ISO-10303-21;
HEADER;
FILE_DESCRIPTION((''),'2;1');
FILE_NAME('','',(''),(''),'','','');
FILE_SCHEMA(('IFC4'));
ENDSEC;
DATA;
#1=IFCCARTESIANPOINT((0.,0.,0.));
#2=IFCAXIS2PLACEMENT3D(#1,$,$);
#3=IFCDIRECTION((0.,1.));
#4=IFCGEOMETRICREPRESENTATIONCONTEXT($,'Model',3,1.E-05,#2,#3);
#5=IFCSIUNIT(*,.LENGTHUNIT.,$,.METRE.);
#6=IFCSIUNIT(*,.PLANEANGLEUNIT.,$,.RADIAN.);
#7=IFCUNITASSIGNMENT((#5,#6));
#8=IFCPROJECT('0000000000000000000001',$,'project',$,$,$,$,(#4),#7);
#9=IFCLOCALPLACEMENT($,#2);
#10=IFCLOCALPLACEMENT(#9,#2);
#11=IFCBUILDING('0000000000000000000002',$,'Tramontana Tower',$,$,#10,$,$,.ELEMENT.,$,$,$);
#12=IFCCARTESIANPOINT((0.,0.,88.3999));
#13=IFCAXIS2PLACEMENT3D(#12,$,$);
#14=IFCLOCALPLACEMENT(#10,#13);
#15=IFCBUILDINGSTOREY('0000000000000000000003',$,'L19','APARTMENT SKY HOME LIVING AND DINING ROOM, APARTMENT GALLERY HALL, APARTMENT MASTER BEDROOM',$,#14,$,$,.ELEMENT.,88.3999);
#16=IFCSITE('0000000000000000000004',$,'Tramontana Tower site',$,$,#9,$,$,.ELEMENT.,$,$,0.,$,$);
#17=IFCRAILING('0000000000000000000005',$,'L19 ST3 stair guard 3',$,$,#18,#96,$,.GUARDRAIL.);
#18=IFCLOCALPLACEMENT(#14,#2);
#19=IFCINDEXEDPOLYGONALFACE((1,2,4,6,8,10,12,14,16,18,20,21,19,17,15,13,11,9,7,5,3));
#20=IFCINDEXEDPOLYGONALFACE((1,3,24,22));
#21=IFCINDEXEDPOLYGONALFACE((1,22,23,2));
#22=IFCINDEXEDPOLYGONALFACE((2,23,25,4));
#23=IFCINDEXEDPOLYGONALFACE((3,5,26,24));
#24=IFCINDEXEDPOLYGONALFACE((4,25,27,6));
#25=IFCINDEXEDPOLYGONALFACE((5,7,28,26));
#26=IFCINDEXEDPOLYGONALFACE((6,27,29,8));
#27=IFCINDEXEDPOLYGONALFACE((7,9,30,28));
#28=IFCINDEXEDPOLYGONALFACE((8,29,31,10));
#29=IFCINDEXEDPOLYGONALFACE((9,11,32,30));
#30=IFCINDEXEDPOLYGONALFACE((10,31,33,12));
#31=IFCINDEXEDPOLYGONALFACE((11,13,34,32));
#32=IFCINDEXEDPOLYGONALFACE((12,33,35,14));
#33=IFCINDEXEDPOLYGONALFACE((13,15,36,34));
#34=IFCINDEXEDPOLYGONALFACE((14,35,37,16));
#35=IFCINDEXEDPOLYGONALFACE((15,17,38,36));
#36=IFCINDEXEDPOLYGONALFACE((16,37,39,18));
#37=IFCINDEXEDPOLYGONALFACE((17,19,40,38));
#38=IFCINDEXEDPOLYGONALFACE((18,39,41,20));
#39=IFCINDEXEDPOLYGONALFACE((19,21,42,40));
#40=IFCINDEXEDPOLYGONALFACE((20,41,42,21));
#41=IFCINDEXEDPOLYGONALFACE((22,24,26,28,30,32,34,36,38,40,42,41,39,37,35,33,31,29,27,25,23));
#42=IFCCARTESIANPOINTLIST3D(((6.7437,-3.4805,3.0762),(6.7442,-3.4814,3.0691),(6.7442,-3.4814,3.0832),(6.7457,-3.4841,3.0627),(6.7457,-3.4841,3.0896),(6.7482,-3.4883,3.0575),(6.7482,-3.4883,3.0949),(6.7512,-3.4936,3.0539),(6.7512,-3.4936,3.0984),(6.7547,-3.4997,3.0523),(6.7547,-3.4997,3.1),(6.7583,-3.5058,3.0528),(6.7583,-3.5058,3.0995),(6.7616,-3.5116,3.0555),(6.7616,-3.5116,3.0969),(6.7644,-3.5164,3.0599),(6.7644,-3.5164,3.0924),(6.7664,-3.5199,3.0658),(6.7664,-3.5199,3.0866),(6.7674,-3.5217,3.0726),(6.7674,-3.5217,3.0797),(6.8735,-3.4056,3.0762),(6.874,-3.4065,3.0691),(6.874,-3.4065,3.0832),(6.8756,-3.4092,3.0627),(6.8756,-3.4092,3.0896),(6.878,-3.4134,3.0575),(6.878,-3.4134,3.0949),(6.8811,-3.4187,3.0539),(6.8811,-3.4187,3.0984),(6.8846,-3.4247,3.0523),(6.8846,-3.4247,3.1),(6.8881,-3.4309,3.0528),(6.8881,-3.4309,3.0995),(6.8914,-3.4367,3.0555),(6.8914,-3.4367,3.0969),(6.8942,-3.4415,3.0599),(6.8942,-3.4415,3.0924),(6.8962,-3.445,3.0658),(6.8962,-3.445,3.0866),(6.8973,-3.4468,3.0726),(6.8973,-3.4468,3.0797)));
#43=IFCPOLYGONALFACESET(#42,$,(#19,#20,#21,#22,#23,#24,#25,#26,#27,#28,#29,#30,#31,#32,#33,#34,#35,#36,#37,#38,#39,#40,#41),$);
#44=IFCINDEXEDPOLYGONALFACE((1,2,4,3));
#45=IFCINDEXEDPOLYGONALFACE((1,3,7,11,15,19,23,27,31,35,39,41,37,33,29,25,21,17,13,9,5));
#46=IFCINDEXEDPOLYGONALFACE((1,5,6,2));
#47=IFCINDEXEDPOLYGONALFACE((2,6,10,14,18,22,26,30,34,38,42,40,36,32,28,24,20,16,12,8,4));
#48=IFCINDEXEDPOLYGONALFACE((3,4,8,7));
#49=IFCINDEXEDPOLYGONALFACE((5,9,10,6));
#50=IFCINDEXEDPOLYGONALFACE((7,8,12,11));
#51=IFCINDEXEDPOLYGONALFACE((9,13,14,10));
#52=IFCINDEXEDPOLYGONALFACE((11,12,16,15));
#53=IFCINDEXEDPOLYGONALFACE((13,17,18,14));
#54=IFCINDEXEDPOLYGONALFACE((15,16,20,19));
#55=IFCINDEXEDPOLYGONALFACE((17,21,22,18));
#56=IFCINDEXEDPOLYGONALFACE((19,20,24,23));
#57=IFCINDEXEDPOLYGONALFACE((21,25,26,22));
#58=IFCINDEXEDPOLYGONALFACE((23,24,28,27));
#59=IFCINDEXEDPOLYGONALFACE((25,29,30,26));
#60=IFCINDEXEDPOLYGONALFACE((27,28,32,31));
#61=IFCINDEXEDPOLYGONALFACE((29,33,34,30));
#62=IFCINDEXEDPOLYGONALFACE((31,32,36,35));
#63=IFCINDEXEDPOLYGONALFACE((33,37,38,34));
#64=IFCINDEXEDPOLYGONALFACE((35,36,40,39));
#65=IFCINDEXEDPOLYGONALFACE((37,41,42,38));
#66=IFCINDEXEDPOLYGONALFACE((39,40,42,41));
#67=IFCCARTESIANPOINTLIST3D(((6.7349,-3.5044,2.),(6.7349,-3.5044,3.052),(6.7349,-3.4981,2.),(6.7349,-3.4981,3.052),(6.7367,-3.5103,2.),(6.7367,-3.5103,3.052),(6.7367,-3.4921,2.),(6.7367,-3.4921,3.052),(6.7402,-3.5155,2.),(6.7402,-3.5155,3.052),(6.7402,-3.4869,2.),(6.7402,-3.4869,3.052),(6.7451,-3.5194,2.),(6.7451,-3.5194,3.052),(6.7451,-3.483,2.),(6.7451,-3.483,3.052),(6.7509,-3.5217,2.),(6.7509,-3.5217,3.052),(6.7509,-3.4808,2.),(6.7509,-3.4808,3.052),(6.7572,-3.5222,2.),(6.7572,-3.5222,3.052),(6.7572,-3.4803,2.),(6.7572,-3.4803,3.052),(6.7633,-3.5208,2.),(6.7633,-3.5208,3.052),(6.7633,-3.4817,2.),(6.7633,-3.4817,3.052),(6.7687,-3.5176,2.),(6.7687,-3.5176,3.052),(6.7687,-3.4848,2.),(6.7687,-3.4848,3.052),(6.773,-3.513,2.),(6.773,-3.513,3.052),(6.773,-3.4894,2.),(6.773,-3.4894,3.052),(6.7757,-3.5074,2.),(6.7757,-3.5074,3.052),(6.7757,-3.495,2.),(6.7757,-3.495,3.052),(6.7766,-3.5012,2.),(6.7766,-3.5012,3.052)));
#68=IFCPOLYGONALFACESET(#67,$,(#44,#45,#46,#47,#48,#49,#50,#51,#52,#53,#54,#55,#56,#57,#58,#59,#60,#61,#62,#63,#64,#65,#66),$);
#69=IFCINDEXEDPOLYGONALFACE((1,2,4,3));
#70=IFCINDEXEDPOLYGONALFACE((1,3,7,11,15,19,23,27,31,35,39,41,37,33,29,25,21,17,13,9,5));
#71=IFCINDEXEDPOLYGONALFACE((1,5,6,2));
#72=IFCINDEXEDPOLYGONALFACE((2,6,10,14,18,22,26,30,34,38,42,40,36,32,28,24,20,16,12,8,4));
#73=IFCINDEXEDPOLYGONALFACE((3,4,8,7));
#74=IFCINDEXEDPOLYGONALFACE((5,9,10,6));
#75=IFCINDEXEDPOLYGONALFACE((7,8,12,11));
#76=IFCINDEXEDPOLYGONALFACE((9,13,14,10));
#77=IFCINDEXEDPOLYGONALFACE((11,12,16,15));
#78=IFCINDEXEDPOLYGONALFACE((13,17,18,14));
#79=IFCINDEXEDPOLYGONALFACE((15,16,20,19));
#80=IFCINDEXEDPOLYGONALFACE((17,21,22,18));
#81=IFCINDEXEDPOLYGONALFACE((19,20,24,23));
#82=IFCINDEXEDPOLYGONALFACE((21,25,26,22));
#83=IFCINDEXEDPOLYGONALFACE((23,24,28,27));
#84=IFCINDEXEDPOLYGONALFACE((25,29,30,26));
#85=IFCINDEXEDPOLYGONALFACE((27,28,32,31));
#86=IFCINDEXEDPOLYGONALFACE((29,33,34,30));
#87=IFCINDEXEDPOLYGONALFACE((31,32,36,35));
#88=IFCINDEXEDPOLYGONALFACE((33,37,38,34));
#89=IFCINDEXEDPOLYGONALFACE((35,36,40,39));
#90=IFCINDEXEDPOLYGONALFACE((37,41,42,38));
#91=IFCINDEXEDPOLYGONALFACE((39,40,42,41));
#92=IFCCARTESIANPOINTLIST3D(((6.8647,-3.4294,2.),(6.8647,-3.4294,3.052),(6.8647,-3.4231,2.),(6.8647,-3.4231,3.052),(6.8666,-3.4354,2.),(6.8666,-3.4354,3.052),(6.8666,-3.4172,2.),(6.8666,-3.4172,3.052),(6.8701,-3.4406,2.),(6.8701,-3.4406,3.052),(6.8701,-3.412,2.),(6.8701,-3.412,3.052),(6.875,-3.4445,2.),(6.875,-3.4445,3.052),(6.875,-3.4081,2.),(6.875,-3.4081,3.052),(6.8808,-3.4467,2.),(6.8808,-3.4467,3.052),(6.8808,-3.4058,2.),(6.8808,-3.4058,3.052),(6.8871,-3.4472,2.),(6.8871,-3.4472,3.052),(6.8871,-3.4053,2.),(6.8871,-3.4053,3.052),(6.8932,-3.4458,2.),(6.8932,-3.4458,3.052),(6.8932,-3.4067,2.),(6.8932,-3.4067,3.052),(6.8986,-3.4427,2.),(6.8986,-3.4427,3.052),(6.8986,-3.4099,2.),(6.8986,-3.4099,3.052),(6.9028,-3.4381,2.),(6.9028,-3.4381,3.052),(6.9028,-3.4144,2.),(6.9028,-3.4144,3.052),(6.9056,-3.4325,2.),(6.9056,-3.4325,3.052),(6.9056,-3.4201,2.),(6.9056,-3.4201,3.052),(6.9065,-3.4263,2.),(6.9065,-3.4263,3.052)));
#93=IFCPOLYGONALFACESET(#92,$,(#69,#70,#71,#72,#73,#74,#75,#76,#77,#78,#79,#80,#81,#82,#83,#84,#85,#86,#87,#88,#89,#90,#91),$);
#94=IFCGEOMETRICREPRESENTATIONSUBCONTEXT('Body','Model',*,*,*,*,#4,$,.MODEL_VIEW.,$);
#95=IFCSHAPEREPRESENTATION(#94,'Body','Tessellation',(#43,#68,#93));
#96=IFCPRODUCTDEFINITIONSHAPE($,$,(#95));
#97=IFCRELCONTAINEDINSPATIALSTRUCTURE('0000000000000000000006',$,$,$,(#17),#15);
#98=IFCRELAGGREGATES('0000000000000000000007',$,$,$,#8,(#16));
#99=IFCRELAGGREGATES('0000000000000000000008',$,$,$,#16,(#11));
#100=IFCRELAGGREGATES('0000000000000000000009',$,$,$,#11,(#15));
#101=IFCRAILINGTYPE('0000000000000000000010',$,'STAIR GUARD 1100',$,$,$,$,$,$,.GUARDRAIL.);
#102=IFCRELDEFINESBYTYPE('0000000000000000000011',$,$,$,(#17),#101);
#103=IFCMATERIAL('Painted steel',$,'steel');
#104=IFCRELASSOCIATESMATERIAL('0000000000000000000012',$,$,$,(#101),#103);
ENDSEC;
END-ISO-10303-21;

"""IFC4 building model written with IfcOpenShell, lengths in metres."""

from ifc_helpers import new_model, si_unit, direction, frame, origin, origin_2d, place, context, subcontext, project, spatial, circle, extrude, material, type_object, element, save


model = new_model("IFC4")

# Units and contexts
model_context = context("Model", 3, precision=1e-05, world=origin(), true_north=direction((0.0, 1.0)))
body_context = subcontext(model_context, "Body", "Model", "MODEL_VIEW")
ifc_project = project(units=[si_unit("LENGTHUNIT", "METRE"), si_unit("PLANEANGLEUNIT", "RADIAN")], contexts=[model_context])

# Site, building, storey
site_placement = place(None, origin())
site = spatial("IfcSite", under=ifc_project, at=site_placement, Name="Tramontana Tower site", CompositionType="ELEMENT", RefElevation=0.0)
building_placement = place(site_placement, origin())
building = spatial("IfcBuilding", under=site, at=building_placement, Name="Tramontana Tower", CompositionType="ELEMENT")
storey_placement = place(building_placement, frame((0.0, 0.0, 88.3999)))
storey = spatial("IfcBuildingStorey", under=building, at=storey_placement, Name="L19", Description="APARTMENT SKY HOME LIVING AND DINING ROOM, APARTMENT GALLERY HALL, APARTMENT MASTER BEDROOM", CompositionType="ELEMENT", Elevation=88.3999)

# Railing
ifc_material_1 = material(Name="Painted steel", Category="steel")
railing_type_1 = type_object("IfcRailingType", Name="STAIR GUARD 1100", PredefinedType="GUARDRAIL", material=ifc_material_1)
railing_1_placement = place(storey_placement, frame((6.7556, -3.5012, 2.0)))
element("IfcRailing", 1, at=railing_1_placement, inside=storey, type_object=railing_type_1, Name="L19 ST3 stair guard 3", PredefinedType="GUARDRAIL", context=body_context, shape_type="SweptSolid", body=[
    extrude(circle(Radius=0.0239, at=origin_2d()), frame((0.0, 0.0, 1.0762), z_axis=(0.866131, 0.499816, 0.0), x_axis=(-0.499816, 0.866131, 0.0)), (0.0, 0.0, 1.0), 0.1499),
    extrude(circle(Radius=0.021, at=origin_2d()), origin(), (0.0, 0.0, 1.0), 1.052),
    extrude(circle(Radius=0.021, at=origin_2d()), frame((0.1299, 0.075, 0.0)), (0.0, 0.0, 1.0), 1.052),
])

save(model, "model.ifc")
